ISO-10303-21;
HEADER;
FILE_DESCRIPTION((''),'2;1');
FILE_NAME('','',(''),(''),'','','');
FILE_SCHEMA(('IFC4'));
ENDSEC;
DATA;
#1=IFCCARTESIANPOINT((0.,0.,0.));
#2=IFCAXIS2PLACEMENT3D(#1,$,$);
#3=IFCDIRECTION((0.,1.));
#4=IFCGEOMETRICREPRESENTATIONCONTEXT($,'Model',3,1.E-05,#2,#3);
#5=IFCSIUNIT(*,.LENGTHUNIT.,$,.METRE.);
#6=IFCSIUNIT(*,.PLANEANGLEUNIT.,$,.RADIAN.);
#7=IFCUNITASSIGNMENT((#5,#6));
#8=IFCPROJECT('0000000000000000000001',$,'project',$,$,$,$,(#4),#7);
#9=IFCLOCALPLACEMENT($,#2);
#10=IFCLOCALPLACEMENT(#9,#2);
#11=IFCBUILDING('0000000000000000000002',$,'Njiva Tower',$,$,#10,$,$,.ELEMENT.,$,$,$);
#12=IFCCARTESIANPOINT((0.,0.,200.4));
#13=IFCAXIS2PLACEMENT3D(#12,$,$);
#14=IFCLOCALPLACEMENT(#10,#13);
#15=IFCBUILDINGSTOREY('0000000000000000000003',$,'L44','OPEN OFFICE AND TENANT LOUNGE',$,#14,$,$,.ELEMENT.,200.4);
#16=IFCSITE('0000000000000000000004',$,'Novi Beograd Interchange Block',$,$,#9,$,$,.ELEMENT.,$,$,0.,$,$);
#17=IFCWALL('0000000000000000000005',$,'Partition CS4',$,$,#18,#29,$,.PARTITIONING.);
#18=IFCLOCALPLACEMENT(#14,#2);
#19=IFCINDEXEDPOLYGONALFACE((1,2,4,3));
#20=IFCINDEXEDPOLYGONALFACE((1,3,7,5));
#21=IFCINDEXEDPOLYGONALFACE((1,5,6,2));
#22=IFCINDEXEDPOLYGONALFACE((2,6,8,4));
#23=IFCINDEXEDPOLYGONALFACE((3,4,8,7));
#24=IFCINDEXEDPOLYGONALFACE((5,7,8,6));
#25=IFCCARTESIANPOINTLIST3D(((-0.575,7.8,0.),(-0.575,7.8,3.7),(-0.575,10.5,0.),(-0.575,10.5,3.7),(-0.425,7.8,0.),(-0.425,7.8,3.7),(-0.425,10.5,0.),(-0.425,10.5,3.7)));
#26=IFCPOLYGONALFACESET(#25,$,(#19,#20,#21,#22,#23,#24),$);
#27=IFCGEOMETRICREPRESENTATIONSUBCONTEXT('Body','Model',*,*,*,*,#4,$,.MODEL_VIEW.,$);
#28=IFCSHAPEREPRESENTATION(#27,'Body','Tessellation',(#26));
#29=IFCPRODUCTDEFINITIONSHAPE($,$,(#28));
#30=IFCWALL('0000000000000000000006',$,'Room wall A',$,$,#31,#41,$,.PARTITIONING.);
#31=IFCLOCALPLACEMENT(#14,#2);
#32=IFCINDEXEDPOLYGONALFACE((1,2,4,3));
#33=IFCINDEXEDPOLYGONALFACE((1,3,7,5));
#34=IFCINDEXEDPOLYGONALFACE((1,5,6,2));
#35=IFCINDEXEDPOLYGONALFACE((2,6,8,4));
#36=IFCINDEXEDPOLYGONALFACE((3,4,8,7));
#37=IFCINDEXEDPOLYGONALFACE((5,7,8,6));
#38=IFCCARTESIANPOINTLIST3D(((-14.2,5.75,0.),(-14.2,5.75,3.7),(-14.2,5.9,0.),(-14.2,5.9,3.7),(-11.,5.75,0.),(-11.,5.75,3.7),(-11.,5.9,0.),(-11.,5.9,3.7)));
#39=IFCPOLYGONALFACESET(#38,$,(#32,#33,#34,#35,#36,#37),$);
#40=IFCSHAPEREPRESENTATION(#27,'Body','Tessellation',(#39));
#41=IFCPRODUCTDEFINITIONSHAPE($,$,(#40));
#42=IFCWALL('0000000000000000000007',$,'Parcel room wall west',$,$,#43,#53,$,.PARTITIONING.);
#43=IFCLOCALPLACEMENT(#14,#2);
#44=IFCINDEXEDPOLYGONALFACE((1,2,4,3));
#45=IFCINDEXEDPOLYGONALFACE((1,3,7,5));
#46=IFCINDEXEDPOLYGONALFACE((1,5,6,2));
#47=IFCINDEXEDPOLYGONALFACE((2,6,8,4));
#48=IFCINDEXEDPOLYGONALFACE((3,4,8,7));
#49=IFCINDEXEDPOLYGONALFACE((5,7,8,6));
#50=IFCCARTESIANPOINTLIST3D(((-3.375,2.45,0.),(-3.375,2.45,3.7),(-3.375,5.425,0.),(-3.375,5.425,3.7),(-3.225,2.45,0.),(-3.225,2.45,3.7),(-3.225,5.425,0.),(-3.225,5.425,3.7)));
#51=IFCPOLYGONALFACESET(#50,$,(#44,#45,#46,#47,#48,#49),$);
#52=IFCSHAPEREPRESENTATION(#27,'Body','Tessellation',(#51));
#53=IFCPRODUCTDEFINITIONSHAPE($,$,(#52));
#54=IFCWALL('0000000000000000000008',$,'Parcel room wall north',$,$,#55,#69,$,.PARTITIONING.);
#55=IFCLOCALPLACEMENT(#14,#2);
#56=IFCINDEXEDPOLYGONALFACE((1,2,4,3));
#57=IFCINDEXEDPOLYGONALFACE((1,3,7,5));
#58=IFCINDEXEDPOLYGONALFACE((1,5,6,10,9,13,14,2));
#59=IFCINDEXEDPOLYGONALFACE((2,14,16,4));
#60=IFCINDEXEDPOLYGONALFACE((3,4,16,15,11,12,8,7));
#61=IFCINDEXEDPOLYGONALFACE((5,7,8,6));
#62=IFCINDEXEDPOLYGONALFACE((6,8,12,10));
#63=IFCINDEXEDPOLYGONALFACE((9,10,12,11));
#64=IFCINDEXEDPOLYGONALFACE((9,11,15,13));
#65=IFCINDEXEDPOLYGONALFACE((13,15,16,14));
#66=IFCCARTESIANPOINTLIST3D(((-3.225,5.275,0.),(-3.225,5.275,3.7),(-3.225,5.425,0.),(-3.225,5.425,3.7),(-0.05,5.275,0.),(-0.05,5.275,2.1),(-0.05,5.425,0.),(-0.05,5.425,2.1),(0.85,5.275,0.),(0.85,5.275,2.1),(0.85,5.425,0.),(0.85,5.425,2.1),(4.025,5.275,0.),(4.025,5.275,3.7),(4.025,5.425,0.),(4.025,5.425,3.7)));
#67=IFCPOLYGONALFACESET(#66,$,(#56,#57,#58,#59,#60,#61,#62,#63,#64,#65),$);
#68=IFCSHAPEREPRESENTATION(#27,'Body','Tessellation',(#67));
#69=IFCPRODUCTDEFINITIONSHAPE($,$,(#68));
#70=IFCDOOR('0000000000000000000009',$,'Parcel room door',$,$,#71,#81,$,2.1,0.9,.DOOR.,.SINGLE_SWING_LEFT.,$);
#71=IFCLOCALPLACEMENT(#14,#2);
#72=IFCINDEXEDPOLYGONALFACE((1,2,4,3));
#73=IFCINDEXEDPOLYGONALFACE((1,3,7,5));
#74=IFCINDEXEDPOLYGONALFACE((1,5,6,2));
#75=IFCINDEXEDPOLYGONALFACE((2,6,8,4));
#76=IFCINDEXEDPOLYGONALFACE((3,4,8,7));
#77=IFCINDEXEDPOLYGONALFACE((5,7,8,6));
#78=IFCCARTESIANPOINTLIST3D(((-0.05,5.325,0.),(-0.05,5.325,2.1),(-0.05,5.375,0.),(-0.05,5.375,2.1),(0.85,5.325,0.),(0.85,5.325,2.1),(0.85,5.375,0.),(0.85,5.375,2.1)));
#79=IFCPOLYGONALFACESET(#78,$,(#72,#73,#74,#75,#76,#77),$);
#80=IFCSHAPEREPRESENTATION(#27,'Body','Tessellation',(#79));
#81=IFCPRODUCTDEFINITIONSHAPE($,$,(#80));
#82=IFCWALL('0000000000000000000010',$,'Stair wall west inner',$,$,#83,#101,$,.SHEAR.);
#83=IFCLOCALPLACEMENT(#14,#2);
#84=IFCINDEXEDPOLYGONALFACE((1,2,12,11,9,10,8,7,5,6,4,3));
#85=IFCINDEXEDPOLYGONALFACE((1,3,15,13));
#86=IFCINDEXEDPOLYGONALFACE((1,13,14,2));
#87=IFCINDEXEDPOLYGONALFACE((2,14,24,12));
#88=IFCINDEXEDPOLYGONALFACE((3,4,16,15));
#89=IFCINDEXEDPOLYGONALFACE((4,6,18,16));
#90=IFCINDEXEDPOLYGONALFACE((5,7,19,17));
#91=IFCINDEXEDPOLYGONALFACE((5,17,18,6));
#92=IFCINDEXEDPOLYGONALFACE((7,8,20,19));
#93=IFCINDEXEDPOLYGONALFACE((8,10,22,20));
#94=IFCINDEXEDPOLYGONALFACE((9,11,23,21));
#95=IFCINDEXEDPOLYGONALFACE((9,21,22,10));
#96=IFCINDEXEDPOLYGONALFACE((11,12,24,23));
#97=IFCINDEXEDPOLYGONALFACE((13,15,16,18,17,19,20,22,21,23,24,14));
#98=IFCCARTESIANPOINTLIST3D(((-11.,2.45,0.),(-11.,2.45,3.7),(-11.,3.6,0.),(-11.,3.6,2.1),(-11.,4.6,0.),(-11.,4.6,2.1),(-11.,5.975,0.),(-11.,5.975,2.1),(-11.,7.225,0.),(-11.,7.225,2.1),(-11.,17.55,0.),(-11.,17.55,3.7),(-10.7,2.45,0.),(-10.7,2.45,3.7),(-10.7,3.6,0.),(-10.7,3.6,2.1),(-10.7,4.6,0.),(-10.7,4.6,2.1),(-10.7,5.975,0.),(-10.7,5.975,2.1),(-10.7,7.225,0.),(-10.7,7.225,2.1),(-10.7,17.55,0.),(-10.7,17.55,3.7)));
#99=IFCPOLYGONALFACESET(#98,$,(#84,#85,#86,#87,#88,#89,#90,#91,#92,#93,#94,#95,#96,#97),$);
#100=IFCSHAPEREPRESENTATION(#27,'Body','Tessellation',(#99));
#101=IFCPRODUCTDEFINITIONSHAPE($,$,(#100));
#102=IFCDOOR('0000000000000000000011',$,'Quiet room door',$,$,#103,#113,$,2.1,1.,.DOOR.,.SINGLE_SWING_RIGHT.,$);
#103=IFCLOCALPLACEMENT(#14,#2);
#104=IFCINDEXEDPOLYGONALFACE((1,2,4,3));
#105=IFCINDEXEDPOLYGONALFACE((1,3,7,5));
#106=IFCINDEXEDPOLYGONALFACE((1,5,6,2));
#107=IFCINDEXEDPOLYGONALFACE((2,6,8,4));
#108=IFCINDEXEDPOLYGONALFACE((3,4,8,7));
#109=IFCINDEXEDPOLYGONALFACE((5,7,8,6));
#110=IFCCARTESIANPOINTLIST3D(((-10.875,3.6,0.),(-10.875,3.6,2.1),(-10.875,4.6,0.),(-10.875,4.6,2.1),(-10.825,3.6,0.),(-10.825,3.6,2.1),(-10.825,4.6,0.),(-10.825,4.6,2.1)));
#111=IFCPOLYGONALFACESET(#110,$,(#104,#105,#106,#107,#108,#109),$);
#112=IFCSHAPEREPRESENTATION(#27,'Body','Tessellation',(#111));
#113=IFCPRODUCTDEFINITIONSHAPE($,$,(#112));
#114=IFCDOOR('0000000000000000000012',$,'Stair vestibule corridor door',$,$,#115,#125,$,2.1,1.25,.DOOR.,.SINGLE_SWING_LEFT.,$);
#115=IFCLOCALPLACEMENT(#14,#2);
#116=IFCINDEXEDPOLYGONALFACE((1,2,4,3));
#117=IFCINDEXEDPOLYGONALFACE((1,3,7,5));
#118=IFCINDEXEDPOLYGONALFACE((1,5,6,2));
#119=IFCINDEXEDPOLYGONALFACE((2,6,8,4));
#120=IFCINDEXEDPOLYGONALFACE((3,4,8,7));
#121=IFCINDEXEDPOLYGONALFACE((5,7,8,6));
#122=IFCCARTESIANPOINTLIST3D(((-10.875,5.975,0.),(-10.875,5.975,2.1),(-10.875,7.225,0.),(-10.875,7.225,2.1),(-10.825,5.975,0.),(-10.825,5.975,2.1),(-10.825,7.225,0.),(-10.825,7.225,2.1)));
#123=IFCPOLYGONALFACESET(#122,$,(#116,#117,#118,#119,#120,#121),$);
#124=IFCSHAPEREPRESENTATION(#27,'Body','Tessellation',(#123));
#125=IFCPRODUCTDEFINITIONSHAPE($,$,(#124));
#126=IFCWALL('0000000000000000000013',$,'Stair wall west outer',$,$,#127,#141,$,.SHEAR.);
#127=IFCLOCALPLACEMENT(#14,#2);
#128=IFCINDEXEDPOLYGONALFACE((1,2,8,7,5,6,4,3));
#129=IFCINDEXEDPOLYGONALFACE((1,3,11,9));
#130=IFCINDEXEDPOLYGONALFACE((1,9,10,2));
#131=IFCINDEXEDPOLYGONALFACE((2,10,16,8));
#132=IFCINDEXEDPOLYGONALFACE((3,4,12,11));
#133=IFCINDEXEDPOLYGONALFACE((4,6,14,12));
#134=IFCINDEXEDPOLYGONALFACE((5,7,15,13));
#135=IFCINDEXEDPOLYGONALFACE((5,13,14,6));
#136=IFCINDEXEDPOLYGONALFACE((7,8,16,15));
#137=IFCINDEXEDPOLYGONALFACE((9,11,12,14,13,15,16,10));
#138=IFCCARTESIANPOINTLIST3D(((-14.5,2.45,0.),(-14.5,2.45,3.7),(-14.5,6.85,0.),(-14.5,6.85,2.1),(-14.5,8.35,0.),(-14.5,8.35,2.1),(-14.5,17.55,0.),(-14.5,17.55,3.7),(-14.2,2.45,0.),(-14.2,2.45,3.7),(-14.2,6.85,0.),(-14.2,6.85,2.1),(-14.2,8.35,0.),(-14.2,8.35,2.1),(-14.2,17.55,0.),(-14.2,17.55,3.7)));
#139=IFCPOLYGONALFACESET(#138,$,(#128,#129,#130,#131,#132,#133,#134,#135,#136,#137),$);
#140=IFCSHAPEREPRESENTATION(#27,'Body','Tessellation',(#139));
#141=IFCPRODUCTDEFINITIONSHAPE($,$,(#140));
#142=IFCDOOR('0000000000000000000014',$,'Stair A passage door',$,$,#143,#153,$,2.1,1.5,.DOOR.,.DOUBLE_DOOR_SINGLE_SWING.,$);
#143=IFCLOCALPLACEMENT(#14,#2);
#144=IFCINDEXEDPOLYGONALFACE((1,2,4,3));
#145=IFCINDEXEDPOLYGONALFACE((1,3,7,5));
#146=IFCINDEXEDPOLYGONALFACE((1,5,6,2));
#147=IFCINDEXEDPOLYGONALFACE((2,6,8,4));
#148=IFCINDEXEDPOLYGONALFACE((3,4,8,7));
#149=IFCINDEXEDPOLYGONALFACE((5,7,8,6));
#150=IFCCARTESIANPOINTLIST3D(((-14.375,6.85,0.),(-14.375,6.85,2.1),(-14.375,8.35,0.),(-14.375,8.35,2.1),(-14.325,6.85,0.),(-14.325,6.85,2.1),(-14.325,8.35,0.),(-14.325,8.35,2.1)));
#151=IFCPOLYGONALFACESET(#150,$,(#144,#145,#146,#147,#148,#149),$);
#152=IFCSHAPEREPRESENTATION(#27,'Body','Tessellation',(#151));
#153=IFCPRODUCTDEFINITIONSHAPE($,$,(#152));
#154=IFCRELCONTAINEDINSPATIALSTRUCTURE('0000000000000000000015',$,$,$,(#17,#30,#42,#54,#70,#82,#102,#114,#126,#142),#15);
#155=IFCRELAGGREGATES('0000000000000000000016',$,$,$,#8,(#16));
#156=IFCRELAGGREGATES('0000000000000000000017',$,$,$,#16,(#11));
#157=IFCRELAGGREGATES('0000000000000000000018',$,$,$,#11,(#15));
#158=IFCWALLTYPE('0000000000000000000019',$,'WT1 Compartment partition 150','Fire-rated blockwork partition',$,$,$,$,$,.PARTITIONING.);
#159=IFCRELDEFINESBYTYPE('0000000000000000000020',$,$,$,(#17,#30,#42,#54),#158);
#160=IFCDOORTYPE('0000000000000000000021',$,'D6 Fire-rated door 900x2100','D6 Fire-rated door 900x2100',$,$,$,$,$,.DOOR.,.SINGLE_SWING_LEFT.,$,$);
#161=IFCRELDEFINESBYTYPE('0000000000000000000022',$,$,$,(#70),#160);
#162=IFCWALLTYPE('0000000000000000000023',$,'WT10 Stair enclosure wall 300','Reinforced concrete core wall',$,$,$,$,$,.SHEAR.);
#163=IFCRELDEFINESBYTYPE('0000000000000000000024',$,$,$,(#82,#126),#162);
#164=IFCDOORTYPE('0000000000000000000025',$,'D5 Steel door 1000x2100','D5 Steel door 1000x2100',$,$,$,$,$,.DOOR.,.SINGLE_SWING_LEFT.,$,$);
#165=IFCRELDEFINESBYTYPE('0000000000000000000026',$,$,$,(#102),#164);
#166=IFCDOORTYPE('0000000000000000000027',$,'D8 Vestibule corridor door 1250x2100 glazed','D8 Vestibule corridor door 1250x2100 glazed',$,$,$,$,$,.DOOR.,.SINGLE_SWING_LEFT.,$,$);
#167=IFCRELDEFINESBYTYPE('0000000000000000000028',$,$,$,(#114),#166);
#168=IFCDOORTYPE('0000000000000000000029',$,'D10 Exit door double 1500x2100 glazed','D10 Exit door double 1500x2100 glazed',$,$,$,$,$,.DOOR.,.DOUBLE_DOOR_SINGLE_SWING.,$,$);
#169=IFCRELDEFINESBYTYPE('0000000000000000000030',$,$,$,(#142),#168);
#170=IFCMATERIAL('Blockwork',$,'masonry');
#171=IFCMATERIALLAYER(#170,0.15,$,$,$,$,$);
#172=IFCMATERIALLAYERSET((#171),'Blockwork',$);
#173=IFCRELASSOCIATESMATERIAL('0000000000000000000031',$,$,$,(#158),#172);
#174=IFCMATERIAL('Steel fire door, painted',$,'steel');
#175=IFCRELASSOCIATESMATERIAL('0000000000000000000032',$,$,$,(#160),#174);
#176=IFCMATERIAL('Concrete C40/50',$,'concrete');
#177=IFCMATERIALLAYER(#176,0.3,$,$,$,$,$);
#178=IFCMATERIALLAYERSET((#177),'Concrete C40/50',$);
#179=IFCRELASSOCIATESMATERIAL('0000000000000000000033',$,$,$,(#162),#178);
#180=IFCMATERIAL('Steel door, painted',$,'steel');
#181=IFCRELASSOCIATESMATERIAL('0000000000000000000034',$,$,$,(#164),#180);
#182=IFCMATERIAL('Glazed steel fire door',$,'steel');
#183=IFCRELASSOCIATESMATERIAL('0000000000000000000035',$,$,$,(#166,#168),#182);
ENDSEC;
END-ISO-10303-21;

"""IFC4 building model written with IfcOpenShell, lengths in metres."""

from ifc_helpers import new_model, si_unit, direction, frame, frame_2d, origin, place, context, subcontext, project, spatial, rectangle, extrude, material, layer, layer_set, type_object, element, fill, save


model = new_model("IFC4")

# Units and contexts
model_context = context("Model", 3, precision=1e-05, world=origin(), true_north=direction((0.0, 1.0)))
body_context = subcontext(model_context, "Body", "Model", "MODEL_VIEW")
ifc_project = project(units=[si_unit("LENGTHUNIT", "METRE"), si_unit("PLANEANGLEUNIT", "RADIAN")], contexts=[model_context])

# Site, building, storey
site_placement = place(None, origin())
site = spatial("IfcSite", under=ifc_project, at=site_placement, Name="Novi Beograd Interchange Block", CompositionType="ELEMENT", RefElevation=0.0)
building_placement = place(site_placement, origin())
building = spatial("IfcBuilding", under=site, at=building_placement, Name="Njiva Tower", CompositionType="ELEMENT")
storey_placement = place(building_placement, frame((0.0, 0.0, 200.4)))
storey = spatial("IfcBuildingStorey", under=building, at=storey_placement, Name="L44", Description="OPEN OFFICE AND TENANT LOUNGE", CompositionType="ELEMENT", Elevation=200.4)

# Walls
ifc_material_1 = material(Name="Blockwork", Category="masonry")
ifc_layer_1 = layer(ifc_material_1, 0.15)
ifc_layer_set_1 = layer_set([ifc_layer_1], Name="Blockwork")
wall_type_1 = type_object("IfcWallType", Name="WT1 Compartment partition 150", Description="Fire-rated blockwork partition", PredefinedType="PARTITIONING", material=ifc_layer_set_1)
wall_1_placement = place(storey_placement, frame((-0.5, 7.8, 0.0), z_axis=(0.0, 0.0, 1.0), x_axis=(0.0, 1.0, 0.0)))
element("IfcWall", 1, at=wall_1_placement, inside=storey, type_object=wall_type_1, Name="Partition CS4", PredefinedType="PARTITIONING", context=body_context, shape_type="SweptSolid", body=[
    extrude(rectangle(XDim=2.7, YDim=0.15, at=frame_2d((1.35, 0.0))), origin(), (0.0, 0.0, 1.0), 3.7),
])
wall_2_placement = place(storey_placement, frame((-14.2, 5.825, 0.0), z_axis=(0.0, 0.0, 1.0), x_axis=(1.0, 0.0, 0.0)))
element("IfcWall", 2, at=wall_2_placement, inside=storey, type_object=wall_type_1, Name="Room wall A", PredefinedType="PARTITIONING", context=body_context, shape_type="SweptSolid", body=[
    extrude(rectangle(XDim=3.2, YDim=0.15, at=frame_2d((1.6, 0.0))), origin(), (0.0, 0.0, 1.0), 3.7),
])
wall_3_placement = place(storey_placement, frame((-3.3, 2.45, 0.0), z_axis=(0.0, 0.0, 1.0), x_axis=(0.0, 1.0, 0.0)))
element("IfcWall", 3, at=wall_3_placement, inside=storey, type_object=wall_type_1, Name="Parcel room wall west", PredefinedType="PARTITIONING", context=body_context, shape_type="SweptSolid", body=[
    extrude(rectangle(XDim=2.975, YDim=0.15, at=frame_2d((1.4875, 0.0))), origin(), (0.0, 0.0, 1.0), 3.7),
])

# Wall, opening, door
wall_4_placement = place(storey_placement, frame((-3.225, 5.35, 0.0), z_axis=(0.0, 0.0, 1.0), x_axis=(1.0, 0.0, 0.0)))
wall_4 = element("IfcWall", 4, at=wall_4_placement, inside=storey, type_object=wall_type_1, Name="Parcel room wall north", PredefinedType="PARTITIONING", context=body_context, shape_type="SweptSolid", body=[
    extrude(rectangle(XDim=7.25, YDim=0.15, at=frame_2d((3.625, 0.0))), origin(), (0.0, 0.0, 1.0), 3.7),
])
opening_1_placement = place(wall_4_placement, frame((3.175, 0.0, 0.0)))
opening_1 = element("IfcOpeningElement", 5, at=opening_1_placement, cuts=wall_4, PredefinedType="OPENING", context=body_context, shape_type="SweptSolid", body=[
    extrude(rectangle(XDim=0.9, YDim=2.1, at=frame_2d((0.45, 1.05))), frame((0.0, 0.085, 0.0), z_axis=(0.0, -1.0, 0.0), x_axis=(1.0, 0.0, 0.0)), (0.0, 0.0, 1.0), 0.17),
])
ifc_material_2 = material(Name="Steel fire door, painted", Category="steel")
door_type_1 = type_object("IfcDoorType", Name="D6 Fire-rated door 900x2100", Description="D6 Fire-rated door 900x2100", OperationType="SINGLE_SWING_LEFT", PredefinedType="DOOR", material=ifc_material_2)
door_1_placement = place(opening_1_placement, origin())
door_1 = element("IfcDoor", 6, at=door_1_placement, inside=storey, type_object=door_type_1, Name="Parcel room door", OperationType="SINGLE_SWING_LEFT", OverallHeight=2.1, OverallWidth=0.9, PredefinedType="DOOR", context=body_context, shape_type="SweptSolid", body=[
    extrude(rectangle(XDim=0.9, YDim=2.1, at=frame_2d((0.45, 1.05))), frame((0.0, 0.025, 0.0), z_axis=(0.0, -1.0, 0.0), x_axis=(1.0, 0.0, 0.0)), (0.0, 0.0, 1.0), 0.05),
])
fill(opening_1, door_1)

# Wall, openings, doors
ifc_material_3 = material(Name="Concrete C40/50", Category="concrete")
ifc_layer_2 = layer(ifc_material_3, 0.3)
ifc_layer_set_2 = layer_set([ifc_layer_2], Name="Concrete C40/50")
wall_type_2 = type_object("IfcWallType", Name="WT10 Stair enclosure wall 300", Description="Reinforced concrete core wall", PredefinedType="SHEAR", material=ifc_layer_set_2)
wall_5_placement = place(storey_placement, frame((-10.85, 2.45, 0.0), z_axis=(0.0, 0.0, 1.0), x_axis=(0.0, 1.0, 0.0)))
wall_5 = element("IfcWall", 7, at=wall_5_placement, inside=storey, type_object=wall_type_2, Name="Stair wall west inner", PredefinedType="SHEAR", context=body_context, shape_type="SweptSolid", body=[
    extrude(rectangle(XDim=15.1, YDim=0.3, at=frame_2d((7.55, 0.0))), origin(), (0.0, 0.0, 1.0), 3.7),
])
opening_2_placement = place(wall_5_placement, frame((3.525, 0.0, 0.0)))
opening_2 = element("IfcOpeningElement", 8, at=opening_2_placement, cuts=wall_5, PredefinedType="OPENING", context=body_context, shape_type="SweptSolid", body=[
    extrude(rectangle(XDim=1.25, YDim=2.1, at=frame_2d((0.625, 1.05))), frame((0.0, 0.16, 0.0), z_axis=(0.0, -1.0, 0.0), x_axis=(1.0, 0.0, 0.0)), (0.0, 0.0, 1.0), 0.32),
])
opening_3_placement = place(wall_5_placement, frame((1.15, 0.0, 0.0)))
opening_3 = element("IfcOpeningElement", 9, at=opening_3_placement, cuts=wall_5, PredefinedType="OPENING", context=body_context, shape_type="SweptSolid", body=[
    extrude(rectangle(XDim=1.0, YDim=2.1, at=frame_2d((0.5, 1.05))), frame((0.0, 0.16, 0.0), z_axis=(0.0, -1.0, 0.0), x_axis=(1.0, 0.0, 0.0)), (0.0, 0.0, 1.0), 0.32),
])
ifc_material_4 = material(Name="Steel door, painted", Category="steel")
door_type_2 = type_object("IfcDoorType", Name="D5 Steel door 1000x2100", Description="D5 Steel door 1000x2100", OperationType="SINGLE_SWING_LEFT", PredefinedType="DOOR", material=ifc_material_4)
door_2_placement = place(opening_3_placement, origin())
door_2 = element("IfcDoor", 10, at=door_2_placement, inside=storey, type_object=door_type_2, Name="Quiet room door", OperationType="SINGLE_SWING_RIGHT", OverallHeight=2.1, OverallWidth=1.0, PredefinedType="DOOR", context=body_context, shape_type="SweptSolid", body=[
    extrude(rectangle(XDim=1.0, YDim=2.1, at=frame_2d((0.5, 1.05))), frame((0.0, 0.025, 0.0), z_axis=(0.0, -1.0, 0.0), x_axis=(1.0, 0.0, 0.0)), (0.0, 0.0, 1.0), 0.05),
])
fill(opening_3, door_2)
ifc_material_5 = material(Name="Glazed steel fire door", Category="steel")
door_type_3 = type_object("IfcDoorType", Name="D8 Vestibule corridor door 1250x2100 glazed", Description="D8 Vestibule corridor door 1250x2100 glazed", OperationType="SINGLE_SWING_LEFT", PredefinedType="DOOR", material=ifc_material_5)
door_3_placement = place(opening_2_placement, origin())
door_3 = element("IfcDoor", 11, at=door_3_placement, inside=storey, type_object=door_type_3, Name="Stair vestibule corridor door", OperationType="SINGLE_SWING_LEFT", OverallHeight=2.1, OverallWidth=1.25, PredefinedType="DOOR", context=body_context, shape_type="SweptSolid", body=[
    extrude(rectangle(XDim=1.25, YDim=2.1, at=frame_2d((0.625, 1.05))), frame((0.0, 0.025, 0.0), z_axis=(0.0, -1.0, 0.0), x_axis=(1.0, 0.0, 0.0)), (0.0, 0.0, 1.0), 0.05),
])
fill(opening_2, door_3)

# Wall, opening, door
wall_6_placement = place(storey_placement, frame((-14.35, 2.45, 0.0), z_axis=(0.0, 0.0, 1.0), x_axis=(0.0, 1.0, 0.0)))
wall_6 = element("IfcWall", 12, at=wall_6_placement, inside=storey, type_object=wall_type_2, Name="Stair wall west outer", PredefinedType="SHEAR", context=body_context, shape_type="SweptSolid", body=[
    extrude(rectangle(XDim=15.1, YDim=0.3, at=frame_2d((7.55, 0.0))), origin(), (0.0, 0.0, 1.0), 3.7),
])
opening_4_placement = place(wall_6_placement, frame((4.4, 0.0, 0.0)))
opening_4 = element("IfcOpeningElement", 13, at=opening_4_placement, cuts=wall_6, PredefinedType="OPENING", context=body_context, shape_type="SweptSolid", body=[
    extrude(rectangle(XDim=1.5, YDim=2.1, at=frame_2d((0.75, 1.05))), frame((0.0, 0.16, 0.0), z_axis=(0.0, -1.0, 0.0), x_axis=(1.0, 0.0, 0.0)), (0.0, 0.0, 1.0), 0.32),
])
door_type_4 = type_object("IfcDoorType", Name="D10 Exit door double 1500x2100 glazed", Description="D10 Exit door double 1500x2100 glazed", OperationType="DOUBLE_DOOR_SINGLE_SWING", PredefinedType="DOOR", material=ifc_material_5)
door_4_placement = place(opening_4_placement, origin())
door_4 = element("IfcDoor", 14, at=door_4_placement, inside=storey, type_object=door_type_4, Name="Stair A passage door", OperationType="DOUBLE_DOOR_SINGLE_SWING", OverallHeight=2.1, OverallWidth=1.5, PredefinedType="DOOR", context=body_context, shape_type="SweptSolid", body=[
    extrude(rectangle(XDim=1.5, YDim=2.1, at=frame_2d((0.75, 1.05))), frame((0.0, 0.025, 0.0), z_axis=(0.0, -1.0, 0.0), x_axis=(1.0, 0.0, 0.0)), (0.0, 0.0, 1.0), 0.05),
])
fill(opening_4, door_4)

save(model, "model.ifc")
